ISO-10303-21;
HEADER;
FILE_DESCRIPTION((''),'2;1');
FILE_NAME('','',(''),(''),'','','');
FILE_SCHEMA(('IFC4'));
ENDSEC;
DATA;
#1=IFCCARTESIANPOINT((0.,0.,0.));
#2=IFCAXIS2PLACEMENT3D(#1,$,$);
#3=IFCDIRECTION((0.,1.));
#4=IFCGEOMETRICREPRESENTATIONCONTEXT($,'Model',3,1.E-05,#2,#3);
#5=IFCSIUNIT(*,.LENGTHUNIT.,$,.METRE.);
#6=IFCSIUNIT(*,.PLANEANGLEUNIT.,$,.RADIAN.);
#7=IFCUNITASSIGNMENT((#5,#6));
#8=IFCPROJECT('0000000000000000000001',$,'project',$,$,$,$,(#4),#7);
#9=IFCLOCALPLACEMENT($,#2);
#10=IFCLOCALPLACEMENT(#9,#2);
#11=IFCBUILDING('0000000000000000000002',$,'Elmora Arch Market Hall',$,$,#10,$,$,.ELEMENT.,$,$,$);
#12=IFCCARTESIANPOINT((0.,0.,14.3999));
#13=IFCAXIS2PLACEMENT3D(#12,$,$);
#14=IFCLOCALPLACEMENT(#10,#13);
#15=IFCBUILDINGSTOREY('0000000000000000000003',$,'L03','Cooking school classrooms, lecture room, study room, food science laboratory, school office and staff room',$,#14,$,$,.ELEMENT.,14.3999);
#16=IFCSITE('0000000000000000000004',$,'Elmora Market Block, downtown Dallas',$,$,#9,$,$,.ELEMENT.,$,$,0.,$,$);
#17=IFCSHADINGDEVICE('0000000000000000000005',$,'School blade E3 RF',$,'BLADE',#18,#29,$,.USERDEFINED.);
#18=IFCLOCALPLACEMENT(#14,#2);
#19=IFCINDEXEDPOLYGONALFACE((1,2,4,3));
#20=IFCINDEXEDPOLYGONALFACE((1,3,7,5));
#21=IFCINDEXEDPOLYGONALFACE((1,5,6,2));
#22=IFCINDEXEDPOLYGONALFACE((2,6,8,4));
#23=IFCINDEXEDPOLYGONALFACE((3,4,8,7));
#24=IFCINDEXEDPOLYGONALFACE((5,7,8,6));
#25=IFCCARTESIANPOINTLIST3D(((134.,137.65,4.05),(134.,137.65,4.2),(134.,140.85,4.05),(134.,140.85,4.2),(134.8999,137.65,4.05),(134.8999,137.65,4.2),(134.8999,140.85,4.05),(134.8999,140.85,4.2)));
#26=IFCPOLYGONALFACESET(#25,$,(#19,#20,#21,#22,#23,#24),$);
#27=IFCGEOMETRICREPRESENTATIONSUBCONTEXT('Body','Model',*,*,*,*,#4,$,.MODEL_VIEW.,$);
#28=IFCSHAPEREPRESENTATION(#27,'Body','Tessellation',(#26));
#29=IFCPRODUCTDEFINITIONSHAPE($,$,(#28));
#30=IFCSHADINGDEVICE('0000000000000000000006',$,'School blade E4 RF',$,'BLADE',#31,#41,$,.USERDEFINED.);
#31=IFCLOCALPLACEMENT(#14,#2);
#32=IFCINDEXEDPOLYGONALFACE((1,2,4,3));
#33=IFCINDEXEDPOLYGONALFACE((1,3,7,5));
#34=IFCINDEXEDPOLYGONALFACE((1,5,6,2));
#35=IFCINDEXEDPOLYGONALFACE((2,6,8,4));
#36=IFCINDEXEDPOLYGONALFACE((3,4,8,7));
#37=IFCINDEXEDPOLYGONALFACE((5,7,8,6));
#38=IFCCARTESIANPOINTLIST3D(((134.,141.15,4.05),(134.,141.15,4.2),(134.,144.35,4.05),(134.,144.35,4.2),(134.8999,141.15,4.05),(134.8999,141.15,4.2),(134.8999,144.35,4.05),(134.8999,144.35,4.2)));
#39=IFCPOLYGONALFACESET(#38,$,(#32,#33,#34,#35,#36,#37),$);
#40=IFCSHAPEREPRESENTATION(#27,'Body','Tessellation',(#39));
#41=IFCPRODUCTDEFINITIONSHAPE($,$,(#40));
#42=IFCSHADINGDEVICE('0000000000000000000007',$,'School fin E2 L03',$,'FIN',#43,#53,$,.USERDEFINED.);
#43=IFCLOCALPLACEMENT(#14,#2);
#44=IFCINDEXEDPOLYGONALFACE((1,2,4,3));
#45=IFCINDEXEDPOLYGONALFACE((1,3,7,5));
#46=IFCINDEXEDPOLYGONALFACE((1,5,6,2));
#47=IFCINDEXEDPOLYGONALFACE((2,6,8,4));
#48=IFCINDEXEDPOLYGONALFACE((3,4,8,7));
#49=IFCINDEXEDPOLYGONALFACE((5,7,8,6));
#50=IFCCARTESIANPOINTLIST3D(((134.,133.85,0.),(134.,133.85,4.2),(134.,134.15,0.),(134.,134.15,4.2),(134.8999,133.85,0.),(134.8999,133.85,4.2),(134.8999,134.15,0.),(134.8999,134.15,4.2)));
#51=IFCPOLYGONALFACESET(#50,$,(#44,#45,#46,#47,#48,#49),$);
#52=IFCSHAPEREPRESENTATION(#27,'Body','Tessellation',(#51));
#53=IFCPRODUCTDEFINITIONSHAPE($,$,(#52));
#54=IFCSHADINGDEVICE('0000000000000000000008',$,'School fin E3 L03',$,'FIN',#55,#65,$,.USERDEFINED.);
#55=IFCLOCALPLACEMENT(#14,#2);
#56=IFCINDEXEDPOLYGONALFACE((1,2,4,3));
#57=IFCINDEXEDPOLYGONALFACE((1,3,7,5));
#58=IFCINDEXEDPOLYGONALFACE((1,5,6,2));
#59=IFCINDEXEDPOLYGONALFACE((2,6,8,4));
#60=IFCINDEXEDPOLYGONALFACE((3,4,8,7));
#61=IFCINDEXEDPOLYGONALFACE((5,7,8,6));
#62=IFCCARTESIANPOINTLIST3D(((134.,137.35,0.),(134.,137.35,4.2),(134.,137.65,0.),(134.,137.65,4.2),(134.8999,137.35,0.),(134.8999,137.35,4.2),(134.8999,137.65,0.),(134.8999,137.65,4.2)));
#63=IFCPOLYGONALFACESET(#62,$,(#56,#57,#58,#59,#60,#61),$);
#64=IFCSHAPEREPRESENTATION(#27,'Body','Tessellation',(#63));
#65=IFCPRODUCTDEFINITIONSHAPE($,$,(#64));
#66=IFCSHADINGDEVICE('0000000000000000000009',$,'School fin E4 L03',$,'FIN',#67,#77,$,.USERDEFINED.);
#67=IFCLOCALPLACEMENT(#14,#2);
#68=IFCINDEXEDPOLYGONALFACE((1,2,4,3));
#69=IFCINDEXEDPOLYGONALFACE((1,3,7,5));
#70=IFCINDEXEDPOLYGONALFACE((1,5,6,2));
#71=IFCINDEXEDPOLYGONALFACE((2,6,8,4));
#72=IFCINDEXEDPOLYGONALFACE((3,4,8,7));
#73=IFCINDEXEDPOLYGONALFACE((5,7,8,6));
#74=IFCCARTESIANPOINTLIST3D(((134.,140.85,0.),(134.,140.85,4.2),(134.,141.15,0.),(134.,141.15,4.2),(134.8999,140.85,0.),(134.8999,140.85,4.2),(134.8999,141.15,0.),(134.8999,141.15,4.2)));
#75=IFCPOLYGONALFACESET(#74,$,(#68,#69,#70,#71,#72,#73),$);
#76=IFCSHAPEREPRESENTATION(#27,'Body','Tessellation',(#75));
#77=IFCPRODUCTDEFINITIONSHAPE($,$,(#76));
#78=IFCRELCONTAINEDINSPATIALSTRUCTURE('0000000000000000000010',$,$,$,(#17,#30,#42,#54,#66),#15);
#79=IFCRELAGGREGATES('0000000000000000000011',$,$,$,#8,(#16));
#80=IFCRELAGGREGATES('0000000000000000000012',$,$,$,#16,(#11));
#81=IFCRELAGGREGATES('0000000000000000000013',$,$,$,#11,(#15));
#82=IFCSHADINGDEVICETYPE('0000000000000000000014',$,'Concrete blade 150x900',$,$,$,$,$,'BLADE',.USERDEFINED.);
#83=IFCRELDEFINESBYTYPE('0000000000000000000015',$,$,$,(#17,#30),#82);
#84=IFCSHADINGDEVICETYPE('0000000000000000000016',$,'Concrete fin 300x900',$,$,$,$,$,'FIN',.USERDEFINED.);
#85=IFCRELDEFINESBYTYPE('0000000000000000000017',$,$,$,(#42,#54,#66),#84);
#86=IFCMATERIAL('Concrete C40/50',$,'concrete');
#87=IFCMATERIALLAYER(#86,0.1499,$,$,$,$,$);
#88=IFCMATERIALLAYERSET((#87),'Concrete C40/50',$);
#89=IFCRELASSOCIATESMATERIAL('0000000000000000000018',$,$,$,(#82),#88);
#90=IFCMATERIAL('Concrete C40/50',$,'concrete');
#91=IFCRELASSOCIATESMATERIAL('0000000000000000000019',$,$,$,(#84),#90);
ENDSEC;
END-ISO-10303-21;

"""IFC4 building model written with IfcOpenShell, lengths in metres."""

from ifc_helpers import new_model, si_unit, direction, frame, origin, origin_2d, place, context, subcontext, project, spatial, rectangle, extrude, material, layer, layer_set, type_object, element, save


model = new_model("IFC4")

# Units and contexts
model_context = context("Model", 3, precision=1e-05, world=origin(), true_north=direction((0.0, 1.0)))
body_context = subcontext(model_context, "Body", "Model", "MODEL_VIEW")
ifc_project = project(units=[si_unit("LENGTHUNIT", "METRE"), si_unit("PLANEANGLEUNIT", "RADIAN")], contexts=[model_context])

# Site, building, storey
site_placement = place(None, origin())
site = spatial("IfcSite", under=ifc_project, at=site_placement, Name="Elmora Market Block, downtown Dallas", CompositionType="ELEMENT", RefElevation=0.0)
building_placement = place(site_placement, origin())
building = spatial("IfcBuilding", under=site, at=building_placement, Name="Elmora Arch Market Hall", CompositionType="ELEMENT")
storey_placement = place(building_placement, frame((0.0, 0.0, 14.3999)))
storey = spatial("IfcBuildingStorey", under=building, at=storey_placement, Name="L03", Description="Cooking school classrooms, lecture room, study room, food science laboratory, school office and staff room", CompositionType="ELEMENT", Elevation=14.3999)

# Shading devices
ifc_material_1 = material(Name="Concrete C40/50", Category="concrete")
ifc_layer_1 = layer(ifc_material_1, 0.1499)
ifc_layer_set_1 = layer_set([ifc_layer_1], Name="Concrete C40/50")
shading_device_type_1 = type_object("IfcShadingDeviceType", Name="Concrete blade 150x900", ElementType="BLADE", PredefinedType="USERDEFINED", material=ifc_layer_set_1)
for number, where, z_axis, x_axis, name in (
    (1, (134.45, 139.25, 4.05), (0.0, 0.0, 1.0), (1.0, 0.0, 0.0), "School blade E3 RF"),
    (2, (134.45, 142.75, 4.05), (0.0, 0.0, 1.0), (1.0, 0.0, 0.0), "School blade E4 RF"),
):
    element("IfcShadingDevice", number, at=place(storey_placement, frame(where, z_axis=z_axis, x_axis=x_axis)), inside=storey, type_object=shading_device_type_1, Name=name, ObjectType="BLADE", PredefinedType="USERDEFINED", context=body_context, shape_type="SweptSolid", body=[
        extrude(rectangle(XDim=0.8999, YDim=3.2, at=origin_2d()), origin(), (0.0, 0.0, 1.0), 0.1499),
    ])
ifc_material_2 = material(Name="Concrete C40/50", Category="concrete")
shading_device_type_2 = type_object("IfcShadingDeviceType", Name="Concrete fin 300x900", ElementType="FIN", PredefinedType="USERDEFINED", material=ifc_material_2)
for number, where, z_axis, x_axis, name in (
    (3, (134.45, 134.0, 0.0), (0.0, 0.0, 1.0), (1.0, 0.0, 0.0), "School fin E2 L03"),
    (4, (134.45, 137.5, 0.0), (0.0, 0.0, 1.0), (1.0, 0.0, 0.0), "School fin E3 L03"),
    (5, (134.45, 141.0, 0.0), (0.0, 0.0, 1.0), (1.0, 0.0, 0.0), "School fin E4 L03"),
):
    element("IfcShadingDevice", number, at=place(storey_placement, frame(where, z_axis=z_axis, x_axis=x_axis)), inside=storey, type_object=shading_device_type_2, Name=name, ObjectType="FIN", PredefinedType="USERDEFINED", context=body_context, shape_type="SweptSolid", body=[
        extrude(rectangle(XDim=0.8999, YDim=0.3, at=origin_2d()), origin(), (0.0, 0.0, 1.0), 4.2),
    ])

save(model, "model.ifc")
